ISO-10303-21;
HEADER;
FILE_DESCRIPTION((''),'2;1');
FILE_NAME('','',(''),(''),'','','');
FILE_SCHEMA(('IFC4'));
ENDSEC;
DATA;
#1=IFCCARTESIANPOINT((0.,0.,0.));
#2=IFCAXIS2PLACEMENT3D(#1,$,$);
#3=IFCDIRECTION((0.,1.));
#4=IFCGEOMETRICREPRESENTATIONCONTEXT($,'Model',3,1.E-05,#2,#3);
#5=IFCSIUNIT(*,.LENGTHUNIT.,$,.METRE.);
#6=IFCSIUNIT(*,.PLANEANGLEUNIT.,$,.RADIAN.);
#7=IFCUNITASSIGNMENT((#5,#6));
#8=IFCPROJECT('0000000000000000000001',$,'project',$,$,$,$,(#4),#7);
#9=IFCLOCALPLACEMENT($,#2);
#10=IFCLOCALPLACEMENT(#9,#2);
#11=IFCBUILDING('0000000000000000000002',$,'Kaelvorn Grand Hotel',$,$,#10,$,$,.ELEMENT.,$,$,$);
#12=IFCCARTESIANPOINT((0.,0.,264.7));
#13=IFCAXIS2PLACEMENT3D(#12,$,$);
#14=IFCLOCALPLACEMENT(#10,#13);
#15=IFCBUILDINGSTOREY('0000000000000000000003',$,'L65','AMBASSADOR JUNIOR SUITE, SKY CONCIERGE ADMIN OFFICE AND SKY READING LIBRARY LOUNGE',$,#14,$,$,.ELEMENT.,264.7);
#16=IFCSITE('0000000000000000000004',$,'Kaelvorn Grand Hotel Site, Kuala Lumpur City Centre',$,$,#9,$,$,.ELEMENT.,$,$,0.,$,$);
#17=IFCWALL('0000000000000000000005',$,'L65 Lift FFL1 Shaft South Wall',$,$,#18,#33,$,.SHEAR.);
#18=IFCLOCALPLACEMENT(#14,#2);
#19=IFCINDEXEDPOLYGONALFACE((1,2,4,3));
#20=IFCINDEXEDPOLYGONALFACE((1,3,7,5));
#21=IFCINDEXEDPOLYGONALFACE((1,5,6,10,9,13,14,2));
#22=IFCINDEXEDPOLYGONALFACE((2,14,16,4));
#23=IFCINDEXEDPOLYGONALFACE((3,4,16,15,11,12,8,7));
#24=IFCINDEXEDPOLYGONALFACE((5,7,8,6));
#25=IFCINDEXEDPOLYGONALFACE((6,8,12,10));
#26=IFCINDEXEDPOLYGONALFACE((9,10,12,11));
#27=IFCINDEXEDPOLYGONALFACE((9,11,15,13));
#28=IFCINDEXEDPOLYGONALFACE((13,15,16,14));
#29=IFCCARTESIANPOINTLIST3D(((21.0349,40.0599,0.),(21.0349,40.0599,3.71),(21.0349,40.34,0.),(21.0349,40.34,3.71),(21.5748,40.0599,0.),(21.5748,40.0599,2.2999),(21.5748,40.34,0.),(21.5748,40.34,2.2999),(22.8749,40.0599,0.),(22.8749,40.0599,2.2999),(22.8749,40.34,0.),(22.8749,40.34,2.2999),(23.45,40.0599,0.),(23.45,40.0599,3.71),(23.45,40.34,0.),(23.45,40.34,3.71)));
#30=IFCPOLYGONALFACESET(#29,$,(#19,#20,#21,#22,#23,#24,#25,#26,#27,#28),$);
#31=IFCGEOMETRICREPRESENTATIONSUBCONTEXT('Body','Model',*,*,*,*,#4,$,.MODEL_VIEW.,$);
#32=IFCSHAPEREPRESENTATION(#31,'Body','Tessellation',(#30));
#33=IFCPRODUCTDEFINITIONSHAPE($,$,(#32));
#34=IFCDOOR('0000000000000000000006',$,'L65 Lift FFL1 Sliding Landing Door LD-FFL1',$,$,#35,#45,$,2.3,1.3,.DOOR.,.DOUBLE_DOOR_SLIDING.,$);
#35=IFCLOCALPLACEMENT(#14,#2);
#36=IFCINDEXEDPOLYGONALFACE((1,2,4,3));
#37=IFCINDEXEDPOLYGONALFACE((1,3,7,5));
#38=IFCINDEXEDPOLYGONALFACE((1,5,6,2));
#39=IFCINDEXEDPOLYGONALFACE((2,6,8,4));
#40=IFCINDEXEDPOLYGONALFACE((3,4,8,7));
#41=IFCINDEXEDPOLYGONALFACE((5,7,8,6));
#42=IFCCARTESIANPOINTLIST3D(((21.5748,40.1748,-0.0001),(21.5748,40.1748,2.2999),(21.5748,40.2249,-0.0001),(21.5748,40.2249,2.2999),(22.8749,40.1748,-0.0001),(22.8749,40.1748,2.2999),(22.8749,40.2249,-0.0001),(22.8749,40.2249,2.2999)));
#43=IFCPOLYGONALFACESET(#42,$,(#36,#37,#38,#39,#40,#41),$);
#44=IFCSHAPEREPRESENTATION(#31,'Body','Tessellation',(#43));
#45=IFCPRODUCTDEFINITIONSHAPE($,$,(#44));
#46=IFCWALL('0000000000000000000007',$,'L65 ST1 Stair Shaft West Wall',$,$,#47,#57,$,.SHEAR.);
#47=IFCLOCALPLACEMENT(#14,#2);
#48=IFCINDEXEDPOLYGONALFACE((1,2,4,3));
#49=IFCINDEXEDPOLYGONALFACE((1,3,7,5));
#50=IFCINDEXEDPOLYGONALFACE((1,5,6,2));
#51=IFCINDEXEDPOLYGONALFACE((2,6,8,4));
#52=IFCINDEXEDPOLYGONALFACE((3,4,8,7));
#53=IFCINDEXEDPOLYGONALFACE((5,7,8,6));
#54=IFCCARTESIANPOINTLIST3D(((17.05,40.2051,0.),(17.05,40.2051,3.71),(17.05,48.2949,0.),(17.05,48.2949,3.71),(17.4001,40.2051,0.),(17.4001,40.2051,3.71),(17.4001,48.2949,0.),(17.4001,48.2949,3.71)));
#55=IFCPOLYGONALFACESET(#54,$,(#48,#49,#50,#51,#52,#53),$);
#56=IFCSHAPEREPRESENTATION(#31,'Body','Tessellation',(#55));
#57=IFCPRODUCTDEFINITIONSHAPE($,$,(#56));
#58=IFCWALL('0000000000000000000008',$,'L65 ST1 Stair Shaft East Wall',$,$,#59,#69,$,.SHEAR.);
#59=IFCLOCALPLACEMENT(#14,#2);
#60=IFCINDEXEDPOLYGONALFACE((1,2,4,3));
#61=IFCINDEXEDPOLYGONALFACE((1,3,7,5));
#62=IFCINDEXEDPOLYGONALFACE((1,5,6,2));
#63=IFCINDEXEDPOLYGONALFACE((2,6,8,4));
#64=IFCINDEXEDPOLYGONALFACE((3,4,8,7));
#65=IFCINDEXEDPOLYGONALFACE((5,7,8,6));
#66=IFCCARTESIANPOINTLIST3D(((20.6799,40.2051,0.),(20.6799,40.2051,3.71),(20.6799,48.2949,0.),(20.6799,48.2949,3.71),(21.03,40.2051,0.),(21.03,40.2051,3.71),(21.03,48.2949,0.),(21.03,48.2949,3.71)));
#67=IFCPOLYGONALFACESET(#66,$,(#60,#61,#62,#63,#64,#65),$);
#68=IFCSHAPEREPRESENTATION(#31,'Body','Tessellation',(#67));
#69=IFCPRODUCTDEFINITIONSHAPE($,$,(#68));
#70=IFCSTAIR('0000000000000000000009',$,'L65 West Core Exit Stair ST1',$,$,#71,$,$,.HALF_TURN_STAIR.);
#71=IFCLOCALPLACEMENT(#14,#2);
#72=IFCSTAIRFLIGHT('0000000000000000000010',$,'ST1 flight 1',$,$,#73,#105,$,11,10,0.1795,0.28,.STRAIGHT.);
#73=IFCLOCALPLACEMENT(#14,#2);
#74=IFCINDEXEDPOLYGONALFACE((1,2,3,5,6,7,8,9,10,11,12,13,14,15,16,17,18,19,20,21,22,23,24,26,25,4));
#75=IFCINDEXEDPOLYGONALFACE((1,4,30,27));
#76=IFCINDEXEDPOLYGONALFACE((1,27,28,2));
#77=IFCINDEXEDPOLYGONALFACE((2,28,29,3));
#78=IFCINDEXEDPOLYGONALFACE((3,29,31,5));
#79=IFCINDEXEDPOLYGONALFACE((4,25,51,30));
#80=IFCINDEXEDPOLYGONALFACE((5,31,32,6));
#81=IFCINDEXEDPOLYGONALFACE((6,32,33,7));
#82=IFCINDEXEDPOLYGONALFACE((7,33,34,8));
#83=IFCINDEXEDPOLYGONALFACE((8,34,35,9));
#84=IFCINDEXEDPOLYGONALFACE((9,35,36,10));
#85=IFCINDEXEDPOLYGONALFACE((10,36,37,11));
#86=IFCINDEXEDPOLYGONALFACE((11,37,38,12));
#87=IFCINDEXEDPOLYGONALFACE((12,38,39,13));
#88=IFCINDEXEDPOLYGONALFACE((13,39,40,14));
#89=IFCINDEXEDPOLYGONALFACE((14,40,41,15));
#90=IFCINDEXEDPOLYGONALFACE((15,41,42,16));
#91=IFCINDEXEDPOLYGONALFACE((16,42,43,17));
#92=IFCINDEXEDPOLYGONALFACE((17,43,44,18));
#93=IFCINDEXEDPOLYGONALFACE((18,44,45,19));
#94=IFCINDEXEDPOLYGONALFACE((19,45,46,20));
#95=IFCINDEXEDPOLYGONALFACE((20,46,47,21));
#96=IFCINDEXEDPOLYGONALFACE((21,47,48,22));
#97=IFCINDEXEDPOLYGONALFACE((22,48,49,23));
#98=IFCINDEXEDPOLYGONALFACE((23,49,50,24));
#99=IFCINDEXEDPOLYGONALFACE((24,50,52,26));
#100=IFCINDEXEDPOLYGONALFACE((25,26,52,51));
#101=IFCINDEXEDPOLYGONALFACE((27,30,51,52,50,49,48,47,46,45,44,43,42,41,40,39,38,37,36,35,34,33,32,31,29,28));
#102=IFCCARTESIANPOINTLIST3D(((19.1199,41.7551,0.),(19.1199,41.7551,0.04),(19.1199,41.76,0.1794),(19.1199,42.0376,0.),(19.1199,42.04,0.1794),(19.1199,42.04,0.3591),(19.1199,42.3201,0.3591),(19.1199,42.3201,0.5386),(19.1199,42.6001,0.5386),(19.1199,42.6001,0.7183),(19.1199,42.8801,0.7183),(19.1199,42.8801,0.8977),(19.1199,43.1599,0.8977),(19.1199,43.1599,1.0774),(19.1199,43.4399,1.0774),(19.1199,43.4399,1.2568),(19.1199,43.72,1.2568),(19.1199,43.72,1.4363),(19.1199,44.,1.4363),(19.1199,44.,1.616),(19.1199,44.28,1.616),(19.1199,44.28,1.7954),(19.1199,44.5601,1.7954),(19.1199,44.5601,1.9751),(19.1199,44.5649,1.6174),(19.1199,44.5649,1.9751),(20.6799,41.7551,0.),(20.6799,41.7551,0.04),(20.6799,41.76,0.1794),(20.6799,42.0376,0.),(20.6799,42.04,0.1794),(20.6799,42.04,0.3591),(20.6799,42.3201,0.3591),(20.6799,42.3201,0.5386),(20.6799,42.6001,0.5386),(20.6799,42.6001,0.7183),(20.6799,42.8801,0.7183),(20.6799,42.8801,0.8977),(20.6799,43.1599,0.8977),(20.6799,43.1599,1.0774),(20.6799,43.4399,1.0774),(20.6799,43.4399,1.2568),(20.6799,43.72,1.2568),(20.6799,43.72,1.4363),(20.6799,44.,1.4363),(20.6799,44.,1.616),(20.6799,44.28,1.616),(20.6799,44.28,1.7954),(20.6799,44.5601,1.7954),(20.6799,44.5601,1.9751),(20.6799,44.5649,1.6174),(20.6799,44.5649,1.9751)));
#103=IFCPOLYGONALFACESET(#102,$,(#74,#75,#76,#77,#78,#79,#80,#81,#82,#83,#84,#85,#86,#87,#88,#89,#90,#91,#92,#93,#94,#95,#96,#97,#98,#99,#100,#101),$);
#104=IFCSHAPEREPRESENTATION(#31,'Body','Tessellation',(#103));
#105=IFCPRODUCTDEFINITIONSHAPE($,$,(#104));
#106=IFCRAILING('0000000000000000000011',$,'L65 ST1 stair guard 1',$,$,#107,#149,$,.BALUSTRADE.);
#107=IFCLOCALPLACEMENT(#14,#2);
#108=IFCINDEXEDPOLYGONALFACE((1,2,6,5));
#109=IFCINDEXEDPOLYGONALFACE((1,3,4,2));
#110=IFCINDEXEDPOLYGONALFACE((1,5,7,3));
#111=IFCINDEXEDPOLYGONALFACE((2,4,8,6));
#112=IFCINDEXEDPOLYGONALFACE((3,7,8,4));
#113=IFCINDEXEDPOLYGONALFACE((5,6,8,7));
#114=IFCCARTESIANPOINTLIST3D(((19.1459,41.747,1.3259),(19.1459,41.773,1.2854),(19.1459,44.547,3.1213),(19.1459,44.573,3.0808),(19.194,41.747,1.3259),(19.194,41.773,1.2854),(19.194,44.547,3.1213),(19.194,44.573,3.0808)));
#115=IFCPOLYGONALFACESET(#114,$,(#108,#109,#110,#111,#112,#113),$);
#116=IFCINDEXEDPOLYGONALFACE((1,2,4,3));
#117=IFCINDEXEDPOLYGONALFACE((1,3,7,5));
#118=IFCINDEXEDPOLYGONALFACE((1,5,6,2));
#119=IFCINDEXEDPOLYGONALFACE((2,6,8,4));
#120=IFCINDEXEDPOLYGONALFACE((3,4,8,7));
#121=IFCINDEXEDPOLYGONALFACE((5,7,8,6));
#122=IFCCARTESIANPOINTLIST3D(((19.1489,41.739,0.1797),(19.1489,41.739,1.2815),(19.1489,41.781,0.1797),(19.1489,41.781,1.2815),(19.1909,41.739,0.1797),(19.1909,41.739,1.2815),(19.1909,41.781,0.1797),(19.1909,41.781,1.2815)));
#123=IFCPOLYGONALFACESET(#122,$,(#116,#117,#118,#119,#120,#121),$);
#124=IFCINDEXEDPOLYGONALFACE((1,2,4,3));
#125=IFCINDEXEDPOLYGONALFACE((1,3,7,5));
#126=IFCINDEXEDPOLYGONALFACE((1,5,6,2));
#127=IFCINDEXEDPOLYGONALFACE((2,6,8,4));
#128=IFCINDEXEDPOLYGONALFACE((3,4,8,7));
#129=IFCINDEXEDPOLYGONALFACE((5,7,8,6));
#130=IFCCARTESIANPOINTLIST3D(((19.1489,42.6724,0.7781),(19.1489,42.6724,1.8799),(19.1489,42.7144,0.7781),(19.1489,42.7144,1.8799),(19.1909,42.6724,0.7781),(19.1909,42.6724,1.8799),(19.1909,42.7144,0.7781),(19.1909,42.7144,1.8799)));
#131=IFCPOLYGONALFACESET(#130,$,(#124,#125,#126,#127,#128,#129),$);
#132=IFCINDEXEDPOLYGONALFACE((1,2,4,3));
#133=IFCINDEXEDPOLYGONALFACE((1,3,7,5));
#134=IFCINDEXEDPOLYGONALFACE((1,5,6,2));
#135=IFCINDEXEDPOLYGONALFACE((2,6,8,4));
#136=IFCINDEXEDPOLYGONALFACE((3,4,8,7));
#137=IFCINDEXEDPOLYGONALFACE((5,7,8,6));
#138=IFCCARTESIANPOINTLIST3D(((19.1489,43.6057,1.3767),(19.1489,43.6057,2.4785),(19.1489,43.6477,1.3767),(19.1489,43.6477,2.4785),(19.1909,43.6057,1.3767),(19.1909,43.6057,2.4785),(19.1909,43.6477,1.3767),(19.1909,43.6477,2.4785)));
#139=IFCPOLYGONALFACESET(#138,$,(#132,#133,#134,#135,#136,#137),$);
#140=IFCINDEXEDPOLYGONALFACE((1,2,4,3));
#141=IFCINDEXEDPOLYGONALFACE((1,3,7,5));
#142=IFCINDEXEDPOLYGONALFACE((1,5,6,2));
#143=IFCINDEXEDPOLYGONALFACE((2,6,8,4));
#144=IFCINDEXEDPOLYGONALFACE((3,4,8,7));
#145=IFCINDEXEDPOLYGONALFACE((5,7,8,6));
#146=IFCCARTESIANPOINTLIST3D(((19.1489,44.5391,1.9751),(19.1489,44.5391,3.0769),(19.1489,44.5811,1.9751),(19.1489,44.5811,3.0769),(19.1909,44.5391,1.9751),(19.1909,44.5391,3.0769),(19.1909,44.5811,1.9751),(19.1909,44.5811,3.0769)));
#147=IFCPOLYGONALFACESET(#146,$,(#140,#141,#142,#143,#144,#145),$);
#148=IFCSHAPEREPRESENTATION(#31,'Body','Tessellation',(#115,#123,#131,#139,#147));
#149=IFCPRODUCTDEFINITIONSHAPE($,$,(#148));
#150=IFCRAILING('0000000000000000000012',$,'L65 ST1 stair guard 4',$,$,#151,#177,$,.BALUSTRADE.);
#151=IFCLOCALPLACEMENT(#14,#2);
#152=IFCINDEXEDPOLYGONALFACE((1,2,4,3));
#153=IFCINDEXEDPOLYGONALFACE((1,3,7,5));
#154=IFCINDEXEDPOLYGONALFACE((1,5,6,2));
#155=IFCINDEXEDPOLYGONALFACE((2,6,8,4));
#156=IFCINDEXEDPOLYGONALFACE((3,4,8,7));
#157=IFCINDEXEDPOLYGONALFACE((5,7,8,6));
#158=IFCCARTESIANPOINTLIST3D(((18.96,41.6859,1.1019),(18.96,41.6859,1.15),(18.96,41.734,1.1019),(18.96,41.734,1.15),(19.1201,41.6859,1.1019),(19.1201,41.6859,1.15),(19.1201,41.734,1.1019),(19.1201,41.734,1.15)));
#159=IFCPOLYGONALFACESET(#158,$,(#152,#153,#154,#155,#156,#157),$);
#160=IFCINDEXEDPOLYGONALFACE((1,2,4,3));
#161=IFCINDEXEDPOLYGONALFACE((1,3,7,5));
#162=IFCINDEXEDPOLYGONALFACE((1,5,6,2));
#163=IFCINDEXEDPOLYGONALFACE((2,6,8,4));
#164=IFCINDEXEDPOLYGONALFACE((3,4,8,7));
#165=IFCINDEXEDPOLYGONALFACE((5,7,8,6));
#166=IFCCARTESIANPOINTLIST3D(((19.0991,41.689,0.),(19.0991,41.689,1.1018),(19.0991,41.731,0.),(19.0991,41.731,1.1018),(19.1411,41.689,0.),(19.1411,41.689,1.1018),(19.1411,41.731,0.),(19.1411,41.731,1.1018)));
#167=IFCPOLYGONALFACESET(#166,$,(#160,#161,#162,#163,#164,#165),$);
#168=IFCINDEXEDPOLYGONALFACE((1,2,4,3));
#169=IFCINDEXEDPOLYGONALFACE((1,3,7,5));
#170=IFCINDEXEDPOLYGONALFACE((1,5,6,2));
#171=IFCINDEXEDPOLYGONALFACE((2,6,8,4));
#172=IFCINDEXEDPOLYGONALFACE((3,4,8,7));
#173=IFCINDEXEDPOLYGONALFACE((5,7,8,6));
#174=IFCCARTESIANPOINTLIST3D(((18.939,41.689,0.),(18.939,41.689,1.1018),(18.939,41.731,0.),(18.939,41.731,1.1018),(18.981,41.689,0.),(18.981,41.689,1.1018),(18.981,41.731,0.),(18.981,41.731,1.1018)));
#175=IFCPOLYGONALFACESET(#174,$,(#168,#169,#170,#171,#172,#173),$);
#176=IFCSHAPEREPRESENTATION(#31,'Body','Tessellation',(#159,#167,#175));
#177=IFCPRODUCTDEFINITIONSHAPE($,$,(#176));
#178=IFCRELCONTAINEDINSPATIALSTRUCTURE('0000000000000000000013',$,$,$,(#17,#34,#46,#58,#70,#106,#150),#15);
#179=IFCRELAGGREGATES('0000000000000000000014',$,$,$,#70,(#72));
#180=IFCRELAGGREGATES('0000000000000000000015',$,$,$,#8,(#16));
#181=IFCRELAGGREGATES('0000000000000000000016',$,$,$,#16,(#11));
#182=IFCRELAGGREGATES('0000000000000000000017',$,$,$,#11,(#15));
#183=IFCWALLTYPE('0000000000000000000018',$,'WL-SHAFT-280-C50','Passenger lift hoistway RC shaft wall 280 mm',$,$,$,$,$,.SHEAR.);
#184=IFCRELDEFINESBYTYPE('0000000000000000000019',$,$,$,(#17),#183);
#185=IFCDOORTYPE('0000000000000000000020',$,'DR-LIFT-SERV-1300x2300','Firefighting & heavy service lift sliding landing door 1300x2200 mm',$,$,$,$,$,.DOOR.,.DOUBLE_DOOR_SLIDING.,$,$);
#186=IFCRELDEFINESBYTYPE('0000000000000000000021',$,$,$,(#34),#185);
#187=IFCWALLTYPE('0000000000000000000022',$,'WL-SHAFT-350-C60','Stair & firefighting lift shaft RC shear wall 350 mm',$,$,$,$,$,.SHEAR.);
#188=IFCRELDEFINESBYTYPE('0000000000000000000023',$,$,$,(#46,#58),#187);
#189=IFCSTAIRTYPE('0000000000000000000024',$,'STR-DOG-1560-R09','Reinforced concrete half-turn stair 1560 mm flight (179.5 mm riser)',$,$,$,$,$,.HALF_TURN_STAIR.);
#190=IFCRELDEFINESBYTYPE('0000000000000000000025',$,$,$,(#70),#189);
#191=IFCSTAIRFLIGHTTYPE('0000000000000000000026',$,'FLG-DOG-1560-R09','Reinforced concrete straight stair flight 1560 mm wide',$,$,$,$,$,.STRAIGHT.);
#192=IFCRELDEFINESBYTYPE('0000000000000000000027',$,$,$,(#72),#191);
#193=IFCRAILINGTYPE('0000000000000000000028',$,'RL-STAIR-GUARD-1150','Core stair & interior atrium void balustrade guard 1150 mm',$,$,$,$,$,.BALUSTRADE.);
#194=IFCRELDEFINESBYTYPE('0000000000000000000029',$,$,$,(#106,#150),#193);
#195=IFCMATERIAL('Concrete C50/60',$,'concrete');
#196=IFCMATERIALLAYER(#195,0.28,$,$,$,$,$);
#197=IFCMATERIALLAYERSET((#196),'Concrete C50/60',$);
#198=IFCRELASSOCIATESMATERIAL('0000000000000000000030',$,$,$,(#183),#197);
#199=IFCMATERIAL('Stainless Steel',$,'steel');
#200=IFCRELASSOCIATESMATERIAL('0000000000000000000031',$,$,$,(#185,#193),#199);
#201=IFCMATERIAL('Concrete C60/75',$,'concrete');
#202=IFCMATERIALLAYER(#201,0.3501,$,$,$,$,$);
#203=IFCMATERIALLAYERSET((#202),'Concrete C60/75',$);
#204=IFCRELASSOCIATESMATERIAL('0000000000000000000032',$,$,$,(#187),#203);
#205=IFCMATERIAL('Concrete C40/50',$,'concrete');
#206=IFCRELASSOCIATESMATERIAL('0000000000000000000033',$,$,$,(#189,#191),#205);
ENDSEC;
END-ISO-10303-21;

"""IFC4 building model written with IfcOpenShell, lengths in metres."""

from ifc_helpers import new_model, si_unit, direction, frame, frame_2d, origin, origin_2d, place, context, subcontext, project, spatial, polyline, rectangle, outline, extrude, material, layer, layer_set, type_object, element, fill, aggregate, save


model = new_model("IFC4")

# Units and contexts
model_context = context("Model", 3, precision=1e-05, world=origin(), true_north=direction((0.0, 1.0)))
body_context = subcontext(model_context, "Body", "Model", "MODEL_VIEW")
ifc_project = project(units=[si_unit("LENGTHUNIT", "METRE"), si_unit("PLANEANGLEUNIT", "RADIAN")], contexts=[model_context])

# Site, building, storey
site_placement = place(None, origin())
site = spatial("IfcSite", under=ifc_project, at=site_placement, Name="Kaelvorn Grand Hotel Site, Kuala Lumpur City Centre", CompositionType="ELEMENT", RefElevation=0.0)
building_placement = place(site_placement, origin())
building = spatial("IfcBuilding", under=site, at=building_placement, Name="Kaelvorn Grand Hotel", CompositionType="ELEMENT")
storey_placement = place(building_placement, frame((0.0, 0.0, 264.7)))
storey = spatial("IfcBuildingStorey", under=building, at=storey_placement, Name="L65", Description="AMBASSADOR JUNIOR SUITE, SKY CONCIERGE ADMIN OFFICE AND SKY READING LIBRARY LOUNGE", CompositionType="ELEMENT", Elevation=264.7)

# Shared definitions
ifc_material_1 = material(Name="Concrete C50/60", Category="concrete")

# Shared definitions
ifc_material_2 = material(Name="Concrete C40/50", Category="concrete")

# Wall, opening, door
ifc_layer_1 = layer(ifc_material_1, 0.28)
ifc_layer_set_1 = layer_set([ifc_layer_1], Name="Concrete C50/60")
wall_type_1 = type_object("IfcWallType", Name="WL-SHAFT-280-C50", Description="Passenger lift hoistway RC shaft wall 280 mm", PredefinedType="SHEAR", material=ifc_layer_set_1)
wall_1_placement = place(storey_placement, frame((21.0349, 40.2, 0.0), z_axis=(0.0, 0.0, 1.0), x_axis=(1.0, 0.0, 0.0)))
wall_1 = element("IfcWall", 1, at=wall_1_placement, inside=storey, type_object=wall_type_1, Name="L65 Lift FFL1 Shaft South Wall", PredefinedType="SHEAR", context=body_context, shape_type="SweptSolid", body=[
    extrude(rectangle(XDim=2.415, YDim=0.28, at=frame_2d((1.2075, 0.0))), origin(), (0.0, 0.0, 1.0), 3.71),
])
opening_1_placement = place(wall_1_placement, frame((0.54, 0.0, 0.0)))
opening_1 = element("IfcOpeningElement", 2, at=opening_1_placement, cuts=wall_1, PredefinedType="OPENING", context=body_context, shape_type="SweptSolid", body=[
    extrude(rectangle(XDim=1.3, YDim=2.3, at=frame_2d((0.6499, 1.1499))), frame((0.0, 0.1499, 0.0), z_axis=(0.0, -1.0, 0.0), x_axis=(1.0, 0.0, 0.0)), (0.0, 0.0, 1.0), 0.3),
])
ifc_material_3 = material(Name="Stainless Steel", Category="steel")
door_type_1 = type_object("IfcDoorType", Name="DR-LIFT-SERV-1300x2300", Description="Firefighting & heavy service lift sliding landing door 1300x2200 mm", OperationType="DOUBLE_DOOR_SLIDING", PredefinedType="DOOR", material=ifc_material_3)
door_1_placement = place(opening_1_placement, origin())
door_1 = element("IfcDoor", 3, at=door_1_placement, inside=storey, type_object=door_type_1, Name="L65 Lift FFL1 Sliding Landing Door LD-FFL1", OperationType="DOUBLE_DOOR_SLIDING", OverallHeight=2.3, OverallWidth=1.3, PredefinedType="DOOR", context=body_context, shape_type="SweptSolid", body=[
    extrude(rectangle(XDim=1.3, YDim=2.3, at=frame_2d((0.6499, 1.1499))), frame((0.0, 0.0249, 0.0), z_axis=(0.0, -1.0, 0.0), x_axis=(1.0, 0.0, 0.0)), (0.0, 0.0, 1.0), 0.05),
])
fill(opening_1, door_1)
ifc_material_4 = material(Name="Concrete C60/75", Category="concrete")
ifc_layer_2 = layer(ifc_material_4, 0.3501)
ifc_layer_set_2 = layer_set([ifc_layer_2], Name="Concrete C60/75")
wall_type_2 = type_object("IfcWallType", Name="WL-SHAFT-350-C60", Description="Stair & firefighting lift shaft RC shear wall 350 mm", PredefinedType="SHEAR", material=ifc_layer_set_2)

# Walls
for number, where, z_axis, x_axis, name in (
    (4, (17.2251, 40.2051, 0.0), (0.0, 0.0, 1.0), (0.0, 1.0, 0.0), "L65 ST1 Stair Shaft West Wall"),
    (5, (20.855, 40.2051, 0.0), (0.0, 0.0, 1.0), (0.0, 1.0, 0.0), "L65 ST1 Stair Shaft East Wall"),
):
    element("IfcWall", number, at=place(storey_placement, frame(where, z_axis=z_axis, x_axis=x_axis)), inside=storey, type_object=wall_type_2, Name=name, PredefinedType="SHEAR", context=body_context, shape_type="SweptSolid", body=[
        extrude(rectangle(XDim=8.0898, YDim=0.3501, at=frame_2d((4.0449, 0.0))), origin(), (0.0, 0.0, 1.0), 3.71),
    ])

# Stair, stair flight
stair_type = type_object("IfcStairType", Name="STR-DOG-1560-R09", Description="Reinforced concrete half-turn stair 1560 mm flight (179.5 mm riser)", PredefinedType="HALF_TURN_STAIR", material=ifc_material_2)
stair_placement = place(storey_placement, origin())
stair = element("IfcStair", 6, at=stair_placement, inside=storey, type_object=stair_type, Name="L65 West Core Exit Stair ST1", PredefinedType="HALF_TURN_STAIR")
stair_flight_type = type_object("IfcStairFlightType", Name="FLG-DOG-1560-R09", Description="Reinforced concrete straight stair flight 1560 mm wide", PredefinedType="STRAIGHT", material=ifc_material_2)
stair_flight_placement = place(storey_placement, frame((19.8999, 41.76, 0.0), z_axis=(0.0, 0.0, 1.0), x_axis=(0.0, 1.0, 0.0)))
stair_flight = element("IfcStairFlight", 7, at=stair_flight_placement, type_object=stair_flight_type, Name="ST1 flight 1", NumberOfRisers=11, NumberOfTreads=10, PredefinedType="STRAIGHT", RiserHeight=0.1795, TreadLength=0.28, context=body_context, shape_type="SweptSolid", body=[
    extrude(outline(polyline([(-0.0049, 0.0), (-0.0049, 0.04), (0.0, 0.1794), (0.28, 0.1794), (0.28, 0.3591), (0.5601, 0.3591), (0.5601, 0.5386), (0.8401, 0.5386), (0.8401, 0.7183), (1.1201, 0.7183), (1.1201, 0.8977), (1.3999, 0.8977), (1.3999, 1.0774), (1.6799, 1.0774), (1.6799, 1.2568), (1.96, 1.2568), (1.96, 1.4363), (2.24, 1.4363), (2.24, 1.616), (2.52, 1.616), (2.52, 1.7954), (2.8, 1.7954), (2.8, 1.9751), (2.8049, 1.9751), (2.8049, 1.6174), (0.2776, 0.0), (-0.0049, 0.0)])), frame((0.0, 0.78, 0.0), z_axis=(0.0, -1.0, 0.0), x_axis=(1.0, 0.0, 0.0)), (0.0, 0.0, 1.0), 1.5601),
])
aggregate(stair, [stair_flight])

# Railings
railing_type = type_object("IfcRailingType", Name="RL-STAIR-GUARD-1150", Description="Core stair & interior atrium void balustrade guard 1150 mm", PredefinedType="BALUSTRADE", material=ifc_material_3)
railing_1_placement = place(storey_placement, frame((19.1699, 41.76, 0.1797)))
element("IfcRailing", 8, at=railing_1_placement, inside=storey, type_object=railing_type, Name="L65 ST1 stair guard 1", PredefinedType="BALUSTRADE", context=body_context, shape_type="SweptSolid", body=[
    extrude(rectangle(XDim=0.0481, YDim=0.0481, at=origin_2d()), frame((0.0, 0.0, 1.126), z_axis=(0.0, 0.84181, 0.539774), x_axis=(-1.0, 0.0, 0.0)), (0.0, 0.0, 1.0), 3.3262),
    extrude(rectangle(XDim=0.042, YDim=0.042, at=origin_2d()), origin(), (0.0, 0.0, 1.0), 1.1018),
    extrude(rectangle(XDim=0.042, YDim=0.042, at=origin_2d()), frame((0.0, 0.9333, 0.5984)), (0.0, 0.0, 1.0), 1.1018),
    extrude(rectangle(XDim=0.042, YDim=0.042, at=origin_2d()), frame((0.0, 1.8667, 1.197)), (0.0, 0.0, 1.0), 1.1018),
    extrude(rectangle(XDim=0.042, YDim=0.042, at=origin_2d()), frame((0.0, 2.8, 1.7954)), (0.0, 0.0, 1.0), 1.1018),
])
railing_2_placement = place(storey_placement, frame((19.1201, 41.71, 0.0)))
element("IfcRailing", 9, at=railing_2_placement, inside=storey, type_object=railing_type, Name="L65 ST1 stair guard 4", PredefinedType="BALUSTRADE", context=body_context, shape_type="SweptSolid", body=[
    extrude(rectangle(XDim=0.0481, YDim=0.0481, at=origin_2d()), frame((0.0, 0.0, 1.126), z_axis=(-1.0, 0.0, 0.0), x_axis=(0.0, -1.0, 0.0)), (0.0, 0.0, 1.0), 0.1602),
    extrude(rectangle(XDim=0.042, YDim=0.042, at=origin_2d()), origin(), (0.0, 0.0, 1.0), 1.1018),
    extrude(rectangle(XDim=0.042, YDim=0.042, at=origin_2d()), frame((-0.1602, 0.0, 0.0)), (0.0, 0.0, 1.0), 1.1018),
])

save(model, "model.ifc")
